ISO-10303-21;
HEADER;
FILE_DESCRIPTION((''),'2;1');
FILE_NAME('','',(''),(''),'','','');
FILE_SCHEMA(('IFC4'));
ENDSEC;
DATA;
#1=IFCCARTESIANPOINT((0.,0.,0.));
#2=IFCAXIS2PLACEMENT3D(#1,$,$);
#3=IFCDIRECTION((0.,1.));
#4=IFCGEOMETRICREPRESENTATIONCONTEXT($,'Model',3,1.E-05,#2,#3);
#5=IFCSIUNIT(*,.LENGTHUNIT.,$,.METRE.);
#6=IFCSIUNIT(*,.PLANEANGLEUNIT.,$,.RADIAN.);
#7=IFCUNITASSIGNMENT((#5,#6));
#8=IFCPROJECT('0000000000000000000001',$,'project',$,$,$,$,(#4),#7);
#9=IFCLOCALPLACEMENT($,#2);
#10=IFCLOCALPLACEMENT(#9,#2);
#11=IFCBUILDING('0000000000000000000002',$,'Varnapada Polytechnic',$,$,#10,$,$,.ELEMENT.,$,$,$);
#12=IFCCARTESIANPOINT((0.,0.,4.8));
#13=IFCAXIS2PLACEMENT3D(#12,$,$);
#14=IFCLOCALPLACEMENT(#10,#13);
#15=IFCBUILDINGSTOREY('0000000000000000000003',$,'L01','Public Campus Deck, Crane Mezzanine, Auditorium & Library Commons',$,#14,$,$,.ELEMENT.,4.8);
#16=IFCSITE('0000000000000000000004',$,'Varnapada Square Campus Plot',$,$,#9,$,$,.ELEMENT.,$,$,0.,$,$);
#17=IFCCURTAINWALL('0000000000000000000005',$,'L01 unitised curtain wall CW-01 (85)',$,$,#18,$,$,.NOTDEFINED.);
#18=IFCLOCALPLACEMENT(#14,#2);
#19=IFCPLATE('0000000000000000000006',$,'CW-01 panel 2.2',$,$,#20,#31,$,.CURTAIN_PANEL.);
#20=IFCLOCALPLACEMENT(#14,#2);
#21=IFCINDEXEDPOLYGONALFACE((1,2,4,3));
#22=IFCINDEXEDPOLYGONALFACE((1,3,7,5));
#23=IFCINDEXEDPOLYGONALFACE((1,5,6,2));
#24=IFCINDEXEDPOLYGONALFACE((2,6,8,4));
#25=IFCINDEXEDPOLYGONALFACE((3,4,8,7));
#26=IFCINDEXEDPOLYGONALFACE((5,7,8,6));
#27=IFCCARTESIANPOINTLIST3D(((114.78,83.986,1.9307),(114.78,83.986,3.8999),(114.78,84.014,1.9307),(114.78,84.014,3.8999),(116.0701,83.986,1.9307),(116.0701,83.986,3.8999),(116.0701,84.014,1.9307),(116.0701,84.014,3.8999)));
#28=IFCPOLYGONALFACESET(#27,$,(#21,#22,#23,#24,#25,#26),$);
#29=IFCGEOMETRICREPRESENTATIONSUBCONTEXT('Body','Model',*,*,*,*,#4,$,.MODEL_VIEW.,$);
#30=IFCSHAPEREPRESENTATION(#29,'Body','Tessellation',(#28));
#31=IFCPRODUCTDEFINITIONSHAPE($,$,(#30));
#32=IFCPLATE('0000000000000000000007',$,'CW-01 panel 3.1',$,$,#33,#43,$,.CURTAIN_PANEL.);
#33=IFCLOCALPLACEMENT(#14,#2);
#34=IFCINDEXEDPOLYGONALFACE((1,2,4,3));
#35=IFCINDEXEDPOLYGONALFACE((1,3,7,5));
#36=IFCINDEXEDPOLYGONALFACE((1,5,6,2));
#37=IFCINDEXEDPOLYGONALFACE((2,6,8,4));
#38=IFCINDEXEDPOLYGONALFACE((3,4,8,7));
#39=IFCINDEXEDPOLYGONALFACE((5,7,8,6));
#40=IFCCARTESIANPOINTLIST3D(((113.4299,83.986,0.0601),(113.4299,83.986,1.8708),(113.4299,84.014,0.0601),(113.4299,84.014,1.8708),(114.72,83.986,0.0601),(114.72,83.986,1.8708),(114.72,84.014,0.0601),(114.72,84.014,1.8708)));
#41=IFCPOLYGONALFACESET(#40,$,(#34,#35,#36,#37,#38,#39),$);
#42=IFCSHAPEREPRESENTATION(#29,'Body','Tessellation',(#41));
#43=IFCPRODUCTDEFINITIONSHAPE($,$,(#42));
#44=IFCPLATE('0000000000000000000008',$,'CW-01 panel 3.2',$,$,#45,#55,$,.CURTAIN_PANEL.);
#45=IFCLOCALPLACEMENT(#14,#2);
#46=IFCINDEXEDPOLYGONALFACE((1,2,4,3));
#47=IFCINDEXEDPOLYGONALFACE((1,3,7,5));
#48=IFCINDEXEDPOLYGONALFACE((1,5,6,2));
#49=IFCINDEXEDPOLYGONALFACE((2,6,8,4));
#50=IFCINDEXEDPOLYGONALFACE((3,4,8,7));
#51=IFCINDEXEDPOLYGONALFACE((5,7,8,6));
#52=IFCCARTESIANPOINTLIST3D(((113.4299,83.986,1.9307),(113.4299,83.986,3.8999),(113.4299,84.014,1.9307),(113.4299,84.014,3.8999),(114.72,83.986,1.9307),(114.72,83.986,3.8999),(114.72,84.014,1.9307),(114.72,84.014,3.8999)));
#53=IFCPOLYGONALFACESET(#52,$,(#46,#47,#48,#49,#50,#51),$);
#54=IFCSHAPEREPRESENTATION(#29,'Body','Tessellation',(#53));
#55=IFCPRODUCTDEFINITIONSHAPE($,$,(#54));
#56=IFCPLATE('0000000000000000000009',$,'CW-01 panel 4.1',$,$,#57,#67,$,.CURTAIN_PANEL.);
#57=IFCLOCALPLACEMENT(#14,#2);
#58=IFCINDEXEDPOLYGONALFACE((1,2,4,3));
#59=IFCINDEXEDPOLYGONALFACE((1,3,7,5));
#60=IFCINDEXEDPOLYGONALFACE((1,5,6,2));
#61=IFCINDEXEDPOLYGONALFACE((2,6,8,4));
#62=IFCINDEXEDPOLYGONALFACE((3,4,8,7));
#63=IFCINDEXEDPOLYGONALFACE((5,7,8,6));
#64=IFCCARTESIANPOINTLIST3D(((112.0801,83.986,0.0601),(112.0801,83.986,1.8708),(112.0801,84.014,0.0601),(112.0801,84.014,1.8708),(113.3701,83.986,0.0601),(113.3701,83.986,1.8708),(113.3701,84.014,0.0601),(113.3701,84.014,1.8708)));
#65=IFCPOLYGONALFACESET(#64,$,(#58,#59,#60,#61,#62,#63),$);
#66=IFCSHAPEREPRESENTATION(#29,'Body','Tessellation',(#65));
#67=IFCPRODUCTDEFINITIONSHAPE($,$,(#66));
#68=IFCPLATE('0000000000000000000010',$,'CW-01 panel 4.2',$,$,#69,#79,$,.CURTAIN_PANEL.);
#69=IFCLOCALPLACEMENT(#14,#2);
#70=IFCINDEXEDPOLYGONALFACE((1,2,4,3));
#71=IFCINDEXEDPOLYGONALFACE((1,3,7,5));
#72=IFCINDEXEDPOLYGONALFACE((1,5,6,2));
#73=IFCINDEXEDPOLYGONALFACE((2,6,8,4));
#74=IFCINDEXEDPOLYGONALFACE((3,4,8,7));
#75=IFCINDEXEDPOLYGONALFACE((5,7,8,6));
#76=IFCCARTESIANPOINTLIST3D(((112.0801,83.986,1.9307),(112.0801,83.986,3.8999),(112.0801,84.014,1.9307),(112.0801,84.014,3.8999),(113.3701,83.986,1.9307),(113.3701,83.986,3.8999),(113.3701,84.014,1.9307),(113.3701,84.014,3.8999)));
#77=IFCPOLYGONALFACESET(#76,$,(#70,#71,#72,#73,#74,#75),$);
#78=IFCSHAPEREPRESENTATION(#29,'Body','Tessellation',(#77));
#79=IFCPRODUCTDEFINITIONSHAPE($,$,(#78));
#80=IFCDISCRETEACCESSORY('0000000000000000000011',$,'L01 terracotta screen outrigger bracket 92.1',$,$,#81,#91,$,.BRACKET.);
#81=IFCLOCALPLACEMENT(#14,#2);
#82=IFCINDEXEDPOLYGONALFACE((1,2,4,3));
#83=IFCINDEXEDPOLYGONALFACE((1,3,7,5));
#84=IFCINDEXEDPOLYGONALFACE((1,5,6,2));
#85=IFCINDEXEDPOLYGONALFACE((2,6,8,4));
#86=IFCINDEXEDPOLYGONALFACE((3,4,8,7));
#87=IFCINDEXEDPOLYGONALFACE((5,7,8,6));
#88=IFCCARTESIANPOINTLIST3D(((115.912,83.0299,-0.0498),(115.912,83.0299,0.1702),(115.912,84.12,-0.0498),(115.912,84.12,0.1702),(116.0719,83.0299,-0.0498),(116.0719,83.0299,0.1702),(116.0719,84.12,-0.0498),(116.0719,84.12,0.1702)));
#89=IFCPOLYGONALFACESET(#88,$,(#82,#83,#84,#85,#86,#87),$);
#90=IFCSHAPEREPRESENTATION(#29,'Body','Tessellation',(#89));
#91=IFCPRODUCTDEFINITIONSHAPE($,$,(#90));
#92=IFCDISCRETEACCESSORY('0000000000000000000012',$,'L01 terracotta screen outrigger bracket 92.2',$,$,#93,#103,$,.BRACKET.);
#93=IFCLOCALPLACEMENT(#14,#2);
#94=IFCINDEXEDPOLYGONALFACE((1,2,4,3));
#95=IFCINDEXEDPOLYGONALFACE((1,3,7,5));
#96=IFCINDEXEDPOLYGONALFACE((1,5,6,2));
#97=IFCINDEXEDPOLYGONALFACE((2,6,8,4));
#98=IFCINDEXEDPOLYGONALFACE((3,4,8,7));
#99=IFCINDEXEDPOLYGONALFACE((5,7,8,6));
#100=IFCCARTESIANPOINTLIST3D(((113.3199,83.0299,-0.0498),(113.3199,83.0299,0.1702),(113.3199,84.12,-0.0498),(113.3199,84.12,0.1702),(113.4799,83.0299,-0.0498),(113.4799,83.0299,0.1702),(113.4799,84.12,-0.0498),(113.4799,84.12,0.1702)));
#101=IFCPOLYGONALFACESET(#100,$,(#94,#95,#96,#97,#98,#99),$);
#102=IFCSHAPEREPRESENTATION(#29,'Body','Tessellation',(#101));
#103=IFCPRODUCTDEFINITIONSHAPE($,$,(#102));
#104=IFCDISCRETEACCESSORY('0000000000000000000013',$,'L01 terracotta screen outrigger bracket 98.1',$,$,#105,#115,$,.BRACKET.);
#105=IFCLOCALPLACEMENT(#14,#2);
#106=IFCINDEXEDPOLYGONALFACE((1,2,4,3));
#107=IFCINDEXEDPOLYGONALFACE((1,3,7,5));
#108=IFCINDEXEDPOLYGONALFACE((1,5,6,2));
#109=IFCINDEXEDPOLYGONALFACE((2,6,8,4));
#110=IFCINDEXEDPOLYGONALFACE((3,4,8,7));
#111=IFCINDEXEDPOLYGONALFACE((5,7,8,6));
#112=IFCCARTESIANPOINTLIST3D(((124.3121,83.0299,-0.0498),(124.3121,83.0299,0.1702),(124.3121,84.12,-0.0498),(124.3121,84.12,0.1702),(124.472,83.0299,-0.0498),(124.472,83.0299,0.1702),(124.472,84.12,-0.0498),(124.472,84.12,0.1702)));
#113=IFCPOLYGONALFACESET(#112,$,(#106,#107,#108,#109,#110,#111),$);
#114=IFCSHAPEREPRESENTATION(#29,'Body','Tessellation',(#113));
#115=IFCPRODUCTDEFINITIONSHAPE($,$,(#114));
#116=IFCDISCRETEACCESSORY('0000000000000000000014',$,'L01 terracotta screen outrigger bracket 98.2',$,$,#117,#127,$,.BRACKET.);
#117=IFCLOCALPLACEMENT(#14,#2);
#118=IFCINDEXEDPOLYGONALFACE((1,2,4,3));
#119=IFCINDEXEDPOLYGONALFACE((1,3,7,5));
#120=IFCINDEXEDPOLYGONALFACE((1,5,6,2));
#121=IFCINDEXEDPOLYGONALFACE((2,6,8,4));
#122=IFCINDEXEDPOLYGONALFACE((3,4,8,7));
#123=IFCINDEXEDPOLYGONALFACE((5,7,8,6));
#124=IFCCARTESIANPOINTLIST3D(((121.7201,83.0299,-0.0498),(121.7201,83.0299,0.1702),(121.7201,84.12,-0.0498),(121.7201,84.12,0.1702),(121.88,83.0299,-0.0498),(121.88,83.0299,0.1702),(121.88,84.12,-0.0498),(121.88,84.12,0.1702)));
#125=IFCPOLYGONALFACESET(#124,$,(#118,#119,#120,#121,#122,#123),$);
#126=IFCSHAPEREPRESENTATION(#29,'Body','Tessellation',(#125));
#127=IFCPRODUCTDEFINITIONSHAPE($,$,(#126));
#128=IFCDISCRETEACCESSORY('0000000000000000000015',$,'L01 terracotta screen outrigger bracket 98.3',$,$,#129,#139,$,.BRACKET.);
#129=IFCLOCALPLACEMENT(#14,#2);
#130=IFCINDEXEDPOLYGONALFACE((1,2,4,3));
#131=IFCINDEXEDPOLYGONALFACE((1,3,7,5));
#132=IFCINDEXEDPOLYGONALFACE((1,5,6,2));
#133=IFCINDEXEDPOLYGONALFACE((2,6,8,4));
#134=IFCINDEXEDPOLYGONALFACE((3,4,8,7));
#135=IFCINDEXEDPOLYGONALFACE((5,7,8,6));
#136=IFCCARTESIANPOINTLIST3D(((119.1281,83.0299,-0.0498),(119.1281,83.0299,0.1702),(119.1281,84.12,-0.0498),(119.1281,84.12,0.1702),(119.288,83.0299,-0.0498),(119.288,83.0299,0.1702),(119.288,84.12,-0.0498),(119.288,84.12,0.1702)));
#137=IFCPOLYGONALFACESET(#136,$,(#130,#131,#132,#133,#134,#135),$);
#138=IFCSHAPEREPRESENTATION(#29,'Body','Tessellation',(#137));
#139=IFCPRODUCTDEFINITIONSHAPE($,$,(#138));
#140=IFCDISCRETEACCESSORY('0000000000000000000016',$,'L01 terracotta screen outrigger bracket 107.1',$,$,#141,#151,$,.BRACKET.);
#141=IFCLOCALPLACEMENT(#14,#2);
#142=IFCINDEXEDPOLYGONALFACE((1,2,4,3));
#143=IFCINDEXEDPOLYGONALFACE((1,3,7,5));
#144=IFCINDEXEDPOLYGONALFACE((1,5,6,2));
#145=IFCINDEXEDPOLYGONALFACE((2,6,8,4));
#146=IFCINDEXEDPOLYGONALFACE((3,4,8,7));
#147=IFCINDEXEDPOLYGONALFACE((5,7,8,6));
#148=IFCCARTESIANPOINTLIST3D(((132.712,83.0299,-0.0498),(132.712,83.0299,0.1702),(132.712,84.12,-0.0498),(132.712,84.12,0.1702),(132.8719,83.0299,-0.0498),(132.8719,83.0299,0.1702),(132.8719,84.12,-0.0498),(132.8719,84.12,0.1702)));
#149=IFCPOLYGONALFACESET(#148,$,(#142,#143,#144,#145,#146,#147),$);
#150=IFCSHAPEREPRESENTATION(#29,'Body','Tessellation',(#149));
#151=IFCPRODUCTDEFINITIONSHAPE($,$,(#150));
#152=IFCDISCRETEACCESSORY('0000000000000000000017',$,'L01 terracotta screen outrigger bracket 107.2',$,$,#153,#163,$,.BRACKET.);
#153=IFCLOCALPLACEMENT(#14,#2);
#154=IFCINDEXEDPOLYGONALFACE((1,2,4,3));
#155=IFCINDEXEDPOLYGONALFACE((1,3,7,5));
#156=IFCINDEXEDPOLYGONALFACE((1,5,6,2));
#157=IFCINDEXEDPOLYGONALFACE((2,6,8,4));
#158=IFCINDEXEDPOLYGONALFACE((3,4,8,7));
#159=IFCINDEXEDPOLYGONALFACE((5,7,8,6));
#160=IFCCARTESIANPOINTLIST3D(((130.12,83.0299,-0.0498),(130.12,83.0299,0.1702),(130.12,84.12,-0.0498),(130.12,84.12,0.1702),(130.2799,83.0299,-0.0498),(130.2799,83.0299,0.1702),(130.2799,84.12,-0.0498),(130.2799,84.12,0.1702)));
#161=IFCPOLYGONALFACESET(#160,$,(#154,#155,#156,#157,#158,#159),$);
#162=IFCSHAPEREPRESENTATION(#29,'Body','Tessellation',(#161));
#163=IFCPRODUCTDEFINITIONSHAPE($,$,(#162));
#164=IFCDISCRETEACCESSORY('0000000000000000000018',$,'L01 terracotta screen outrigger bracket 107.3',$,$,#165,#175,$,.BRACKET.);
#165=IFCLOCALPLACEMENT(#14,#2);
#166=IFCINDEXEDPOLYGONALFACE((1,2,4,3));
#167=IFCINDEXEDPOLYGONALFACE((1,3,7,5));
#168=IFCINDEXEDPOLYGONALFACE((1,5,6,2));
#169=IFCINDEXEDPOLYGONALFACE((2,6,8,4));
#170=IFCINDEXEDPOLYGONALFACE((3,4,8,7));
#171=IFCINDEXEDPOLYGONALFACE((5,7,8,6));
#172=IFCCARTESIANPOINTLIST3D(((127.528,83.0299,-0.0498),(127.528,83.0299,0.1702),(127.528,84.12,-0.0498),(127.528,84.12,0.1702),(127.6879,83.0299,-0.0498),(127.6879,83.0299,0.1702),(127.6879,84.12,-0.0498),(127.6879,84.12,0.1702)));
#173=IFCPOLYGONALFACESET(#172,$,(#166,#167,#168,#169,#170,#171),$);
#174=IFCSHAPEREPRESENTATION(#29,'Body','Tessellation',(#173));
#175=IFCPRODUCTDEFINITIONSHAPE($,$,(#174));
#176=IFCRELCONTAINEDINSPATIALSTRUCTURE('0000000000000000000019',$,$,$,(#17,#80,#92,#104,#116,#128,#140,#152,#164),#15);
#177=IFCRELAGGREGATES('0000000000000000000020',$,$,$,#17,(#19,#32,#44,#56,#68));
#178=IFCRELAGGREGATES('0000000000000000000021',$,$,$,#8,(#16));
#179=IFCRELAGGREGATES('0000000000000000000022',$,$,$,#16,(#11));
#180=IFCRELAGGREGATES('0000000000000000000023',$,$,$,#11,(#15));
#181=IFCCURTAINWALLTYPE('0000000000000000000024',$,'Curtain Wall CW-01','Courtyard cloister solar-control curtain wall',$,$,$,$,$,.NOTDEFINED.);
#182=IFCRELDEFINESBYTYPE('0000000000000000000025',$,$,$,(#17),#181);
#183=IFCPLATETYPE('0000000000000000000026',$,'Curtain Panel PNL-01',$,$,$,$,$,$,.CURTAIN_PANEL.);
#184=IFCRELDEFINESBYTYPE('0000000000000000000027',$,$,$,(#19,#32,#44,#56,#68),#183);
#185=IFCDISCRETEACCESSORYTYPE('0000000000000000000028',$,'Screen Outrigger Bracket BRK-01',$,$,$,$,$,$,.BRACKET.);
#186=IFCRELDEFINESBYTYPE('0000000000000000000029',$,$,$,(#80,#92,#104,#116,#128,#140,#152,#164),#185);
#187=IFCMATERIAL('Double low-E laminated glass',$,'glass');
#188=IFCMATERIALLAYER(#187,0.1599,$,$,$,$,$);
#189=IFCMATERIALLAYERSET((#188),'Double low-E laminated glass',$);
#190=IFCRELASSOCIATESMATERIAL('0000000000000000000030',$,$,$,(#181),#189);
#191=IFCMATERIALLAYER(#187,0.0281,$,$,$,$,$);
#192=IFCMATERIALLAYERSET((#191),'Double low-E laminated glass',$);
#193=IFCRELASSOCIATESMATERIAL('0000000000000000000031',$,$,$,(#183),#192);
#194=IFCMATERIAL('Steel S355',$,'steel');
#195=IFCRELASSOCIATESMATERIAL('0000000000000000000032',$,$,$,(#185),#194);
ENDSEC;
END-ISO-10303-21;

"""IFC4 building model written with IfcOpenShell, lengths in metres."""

from ifc_helpers import new_model, si_unit, direction, frame, origin, origin_2d, place, context, subcontext, project, spatial, rectangle, extrude, material, layer, layer_set, type_object, element, aggregate, save


model = new_model("IFC4")

# Units and contexts
model_context = context("Model", 3, precision=1e-05, world=origin(), true_north=direction((0.0, 1.0)))
body_context = subcontext(model_context, "Body", "Model", "MODEL_VIEW")
ifc_project = project(units=[si_unit("LENGTHUNIT", "METRE"), si_unit("PLANEANGLEUNIT", "RADIAN")], contexts=[model_context])

# Site, building, storey
site_placement = place(None, origin())
site = spatial("IfcSite", under=ifc_project, at=site_placement, Name="Varnapada Square Campus Plot", CompositionType="ELEMENT", RefElevation=0.0)
building_placement = place(site_placement, origin())
building = spatial("IfcBuilding", under=site, at=building_placement, Name="Varnapada Polytechnic", CompositionType="ELEMENT")
storey_placement = place(building_placement, frame((0.0, 0.0, 4.8)))
storey = spatial("IfcBuildingStorey", under=building, at=storey_placement, Name="L01", Description="Public Campus Deck, Crane Mezzanine, Auditorium & Library Commons", CompositionType="ELEMENT", Elevation=4.8)

# Curtain wall, plates
ifc_material_1 = material(Name="Double low-E laminated glass", Category="glass")
ifc_layer_1 = layer(ifc_material_1, 0.1599)
ifc_layer_set_1 = layer_set([ifc_layer_1], Name="Double low-E laminated glass")
curtain_wall_type = type_object("IfcCurtainWallType", Name="Curtain Wall CW-01", Description="Courtyard cloister solar-control curtain wall", PredefinedType="NOTDEFINED", material=ifc_layer_set_1)
curtain_wall_placement = place(storey_placement, origin())
curtain_wall = element("IfcCurtainWall", 1, at=curtain_wall_placement, inside=storey, type_object=curtain_wall_type, Name="L01 unitised curtain wall CW-01 (85)", PredefinedType="NOTDEFINED")
ifc_layer_2 = layer(ifc_material_1, 0.0281)
ifc_layer_set_2 = layer_set([ifc_layer_2], Name="Double low-E laminated glass")
plate_type = type_object("IfcPlateType", Name="Curtain Panel PNL-01", PredefinedType="CURTAIN_PANEL", material=ifc_layer_set_2)
plate_1_placement = place(storey_placement, frame((115.425, 84.0, 1.9307), z_axis=(0.0, 0.0, 1.0), x_axis=(-1.0, 0.0, 0.0)))
plate_1 = element("IfcPlate", 2, at=plate_1_placement, type_object=plate_type, Name="CW-01 panel 2.2", PredefinedType="CURTAIN_PANEL", context=body_context, shape_type="SweptSolid", body=[
    extrude(rectangle(XDim=1.29, YDim=0.0281, at=origin_2d()), origin(), (0.0, 0.0, 1.0), 1.9692),
])
plate_2_placement = place(storey_placement, frame((114.075, 84.0, 0.0601), z_axis=(0.0, 0.0, 1.0), x_axis=(-1.0, 0.0, 0.0)))
plate_2 = element("IfcPlate", 3, at=plate_2_placement, type_object=plate_type, Name="CW-01 panel 3.1", PredefinedType="CURTAIN_PANEL", context=body_context, shape_type="SweptSolid", body=[
    extrude(rectangle(XDim=1.29, YDim=0.0281, at=origin_2d()), origin(), (0.0, 0.0, 1.0), 1.8108),
])
plate_3_placement = place(storey_placement, frame((114.075, 84.0, 1.9307), z_axis=(0.0, 0.0, 1.0), x_axis=(-1.0, 0.0, 0.0)))
plate_3 = element("IfcPlate", 4, at=plate_3_placement, type_object=plate_type, Name="CW-01 panel 3.2", PredefinedType="CURTAIN_PANEL", context=body_context, shape_type="SweptSolid", body=[
    extrude(rectangle(XDim=1.29, YDim=0.0281, at=origin_2d()), origin(), (0.0, 0.0, 1.0), 1.9692),
])
plate_4_placement = place(storey_placement, frame((112.7251, 84.0, 0.0601), z_axis=(0.0, 0.0, 1.0), x_axis=(-1.0, 0.0, 0.0)))
plate_4 = element("IfcPlate", 5, at=plate_4_placement, type_object=plate_type, Name="CW-01 panel 4.1", PredefinedType="CURTAIN_PANEL", context=body_context, shape_type="SweptSolid", body=[
    extrude(rectangle(XDim=1.29, YDim=0.0281, at=origin_2d()), origin(), (0.0, 0.0, 1.0), 1.8108),
])
plate_5_placement = place(storey_placement, frame((112.7251, 84.0, 1.9307), z_axis=(0.0, 0.0, 1.0), x_axis=(-1.0, 0.0, 0.0)))
plate_5 = element("IfcPlate", 6, at=plate_5_placement, type_object=plate_type, Name="CW-01 panel 4.2", PredefinedType="CURTAIN_PANEL", context=body_context, shape_type="SweptSolid", body=[
    extrude(rectangle(XDim=1.29, YDim=0.0281, at=origin_2d()), origin(), (0.0, 0.0, 1.0), 1.9692),
])
aggregate(curtain_wall, [plate_1, plate_2, plate_3, plate_4, plate_5])

# Discrete accessories
ifc_material_2 = material(Name="Steel S355", Category="steel")
discrete_accessory_type = type_object("IfcDiscreteAccessoryType", Name="Screen Outrigger Bracket BRK-01", PredefinedType="BRACKET", material=ifc_material_2)
for number, where, z_axis, x_axis, name in (
    (7, (115.9919, 83.575, -0.0498), (0.0, 0.0, 1.0), (-1.0, 0.0, 0.0), "L01 terracotta screen outrigger bracket 92.1"),
    (8, (113.3999, 83.575, -0.0498), (0.0, 0.0, 1.0), (-1.0, 0.0, 0.0), "L01 terracotta screen outrigger bracket 92.2"),
    (9, (124.3921, 83.575, -0.0498), (0.0, 0.0, 1.0), (-1.0, 0.0, 0.0), "L01 terracotta screen outrigger bracket 98.1"),
    (10, (121.8, 83.575, -0.0498), (0.0, 0.0, 1.0), (-1.0, 0.0, 0.0), "L01 terracotta screen outrigger bracket 98.2"),
    (11, (119.208, 83.575, -0.0498), (0.0, 0.0, 1.0), (-1.0, 0.0, 0.0), "L01 terracotta screen outrigger bracket 98.3"),
    (12, (132.792, 83.575, -0.0498), (0.0, 0.0, 1.0), (-1.0, 0.0, 0.0), "L01 terracotta screen outrigger bracket 107.1"),
    (13, (130.2, 83.575, -0.0498), (0.0, 0.0, 1.0), (-1.0, 0.0, 0.0), "L01 terracotta screen outrigger bracket 107.2"),
    (14, (127.6079, 83.575, -0.0498), (0.0, 0.0, 1.0), (-1.0, 0.0, 0.0), "L01 terracotta screen outrigger bracket 107.3"),
):
    element("IfcDiscreteAccessory", number, at=place(storey_placement, frame(where, z_axis=z_axis, x_axis=x_axis)), inside=storey, type_object=discrete_accessory_type, Name=name, PredefinedType="BRACKET", context=body_context, shape_type="SweptSolid", body=[
        extrude(rectangle(XDim=0.1599, YDim=1.0901, at=origin_2d()), origin(), (0.0, 0.0, 1.0), 0.22),
    ])

save(model, "model.ifc")
